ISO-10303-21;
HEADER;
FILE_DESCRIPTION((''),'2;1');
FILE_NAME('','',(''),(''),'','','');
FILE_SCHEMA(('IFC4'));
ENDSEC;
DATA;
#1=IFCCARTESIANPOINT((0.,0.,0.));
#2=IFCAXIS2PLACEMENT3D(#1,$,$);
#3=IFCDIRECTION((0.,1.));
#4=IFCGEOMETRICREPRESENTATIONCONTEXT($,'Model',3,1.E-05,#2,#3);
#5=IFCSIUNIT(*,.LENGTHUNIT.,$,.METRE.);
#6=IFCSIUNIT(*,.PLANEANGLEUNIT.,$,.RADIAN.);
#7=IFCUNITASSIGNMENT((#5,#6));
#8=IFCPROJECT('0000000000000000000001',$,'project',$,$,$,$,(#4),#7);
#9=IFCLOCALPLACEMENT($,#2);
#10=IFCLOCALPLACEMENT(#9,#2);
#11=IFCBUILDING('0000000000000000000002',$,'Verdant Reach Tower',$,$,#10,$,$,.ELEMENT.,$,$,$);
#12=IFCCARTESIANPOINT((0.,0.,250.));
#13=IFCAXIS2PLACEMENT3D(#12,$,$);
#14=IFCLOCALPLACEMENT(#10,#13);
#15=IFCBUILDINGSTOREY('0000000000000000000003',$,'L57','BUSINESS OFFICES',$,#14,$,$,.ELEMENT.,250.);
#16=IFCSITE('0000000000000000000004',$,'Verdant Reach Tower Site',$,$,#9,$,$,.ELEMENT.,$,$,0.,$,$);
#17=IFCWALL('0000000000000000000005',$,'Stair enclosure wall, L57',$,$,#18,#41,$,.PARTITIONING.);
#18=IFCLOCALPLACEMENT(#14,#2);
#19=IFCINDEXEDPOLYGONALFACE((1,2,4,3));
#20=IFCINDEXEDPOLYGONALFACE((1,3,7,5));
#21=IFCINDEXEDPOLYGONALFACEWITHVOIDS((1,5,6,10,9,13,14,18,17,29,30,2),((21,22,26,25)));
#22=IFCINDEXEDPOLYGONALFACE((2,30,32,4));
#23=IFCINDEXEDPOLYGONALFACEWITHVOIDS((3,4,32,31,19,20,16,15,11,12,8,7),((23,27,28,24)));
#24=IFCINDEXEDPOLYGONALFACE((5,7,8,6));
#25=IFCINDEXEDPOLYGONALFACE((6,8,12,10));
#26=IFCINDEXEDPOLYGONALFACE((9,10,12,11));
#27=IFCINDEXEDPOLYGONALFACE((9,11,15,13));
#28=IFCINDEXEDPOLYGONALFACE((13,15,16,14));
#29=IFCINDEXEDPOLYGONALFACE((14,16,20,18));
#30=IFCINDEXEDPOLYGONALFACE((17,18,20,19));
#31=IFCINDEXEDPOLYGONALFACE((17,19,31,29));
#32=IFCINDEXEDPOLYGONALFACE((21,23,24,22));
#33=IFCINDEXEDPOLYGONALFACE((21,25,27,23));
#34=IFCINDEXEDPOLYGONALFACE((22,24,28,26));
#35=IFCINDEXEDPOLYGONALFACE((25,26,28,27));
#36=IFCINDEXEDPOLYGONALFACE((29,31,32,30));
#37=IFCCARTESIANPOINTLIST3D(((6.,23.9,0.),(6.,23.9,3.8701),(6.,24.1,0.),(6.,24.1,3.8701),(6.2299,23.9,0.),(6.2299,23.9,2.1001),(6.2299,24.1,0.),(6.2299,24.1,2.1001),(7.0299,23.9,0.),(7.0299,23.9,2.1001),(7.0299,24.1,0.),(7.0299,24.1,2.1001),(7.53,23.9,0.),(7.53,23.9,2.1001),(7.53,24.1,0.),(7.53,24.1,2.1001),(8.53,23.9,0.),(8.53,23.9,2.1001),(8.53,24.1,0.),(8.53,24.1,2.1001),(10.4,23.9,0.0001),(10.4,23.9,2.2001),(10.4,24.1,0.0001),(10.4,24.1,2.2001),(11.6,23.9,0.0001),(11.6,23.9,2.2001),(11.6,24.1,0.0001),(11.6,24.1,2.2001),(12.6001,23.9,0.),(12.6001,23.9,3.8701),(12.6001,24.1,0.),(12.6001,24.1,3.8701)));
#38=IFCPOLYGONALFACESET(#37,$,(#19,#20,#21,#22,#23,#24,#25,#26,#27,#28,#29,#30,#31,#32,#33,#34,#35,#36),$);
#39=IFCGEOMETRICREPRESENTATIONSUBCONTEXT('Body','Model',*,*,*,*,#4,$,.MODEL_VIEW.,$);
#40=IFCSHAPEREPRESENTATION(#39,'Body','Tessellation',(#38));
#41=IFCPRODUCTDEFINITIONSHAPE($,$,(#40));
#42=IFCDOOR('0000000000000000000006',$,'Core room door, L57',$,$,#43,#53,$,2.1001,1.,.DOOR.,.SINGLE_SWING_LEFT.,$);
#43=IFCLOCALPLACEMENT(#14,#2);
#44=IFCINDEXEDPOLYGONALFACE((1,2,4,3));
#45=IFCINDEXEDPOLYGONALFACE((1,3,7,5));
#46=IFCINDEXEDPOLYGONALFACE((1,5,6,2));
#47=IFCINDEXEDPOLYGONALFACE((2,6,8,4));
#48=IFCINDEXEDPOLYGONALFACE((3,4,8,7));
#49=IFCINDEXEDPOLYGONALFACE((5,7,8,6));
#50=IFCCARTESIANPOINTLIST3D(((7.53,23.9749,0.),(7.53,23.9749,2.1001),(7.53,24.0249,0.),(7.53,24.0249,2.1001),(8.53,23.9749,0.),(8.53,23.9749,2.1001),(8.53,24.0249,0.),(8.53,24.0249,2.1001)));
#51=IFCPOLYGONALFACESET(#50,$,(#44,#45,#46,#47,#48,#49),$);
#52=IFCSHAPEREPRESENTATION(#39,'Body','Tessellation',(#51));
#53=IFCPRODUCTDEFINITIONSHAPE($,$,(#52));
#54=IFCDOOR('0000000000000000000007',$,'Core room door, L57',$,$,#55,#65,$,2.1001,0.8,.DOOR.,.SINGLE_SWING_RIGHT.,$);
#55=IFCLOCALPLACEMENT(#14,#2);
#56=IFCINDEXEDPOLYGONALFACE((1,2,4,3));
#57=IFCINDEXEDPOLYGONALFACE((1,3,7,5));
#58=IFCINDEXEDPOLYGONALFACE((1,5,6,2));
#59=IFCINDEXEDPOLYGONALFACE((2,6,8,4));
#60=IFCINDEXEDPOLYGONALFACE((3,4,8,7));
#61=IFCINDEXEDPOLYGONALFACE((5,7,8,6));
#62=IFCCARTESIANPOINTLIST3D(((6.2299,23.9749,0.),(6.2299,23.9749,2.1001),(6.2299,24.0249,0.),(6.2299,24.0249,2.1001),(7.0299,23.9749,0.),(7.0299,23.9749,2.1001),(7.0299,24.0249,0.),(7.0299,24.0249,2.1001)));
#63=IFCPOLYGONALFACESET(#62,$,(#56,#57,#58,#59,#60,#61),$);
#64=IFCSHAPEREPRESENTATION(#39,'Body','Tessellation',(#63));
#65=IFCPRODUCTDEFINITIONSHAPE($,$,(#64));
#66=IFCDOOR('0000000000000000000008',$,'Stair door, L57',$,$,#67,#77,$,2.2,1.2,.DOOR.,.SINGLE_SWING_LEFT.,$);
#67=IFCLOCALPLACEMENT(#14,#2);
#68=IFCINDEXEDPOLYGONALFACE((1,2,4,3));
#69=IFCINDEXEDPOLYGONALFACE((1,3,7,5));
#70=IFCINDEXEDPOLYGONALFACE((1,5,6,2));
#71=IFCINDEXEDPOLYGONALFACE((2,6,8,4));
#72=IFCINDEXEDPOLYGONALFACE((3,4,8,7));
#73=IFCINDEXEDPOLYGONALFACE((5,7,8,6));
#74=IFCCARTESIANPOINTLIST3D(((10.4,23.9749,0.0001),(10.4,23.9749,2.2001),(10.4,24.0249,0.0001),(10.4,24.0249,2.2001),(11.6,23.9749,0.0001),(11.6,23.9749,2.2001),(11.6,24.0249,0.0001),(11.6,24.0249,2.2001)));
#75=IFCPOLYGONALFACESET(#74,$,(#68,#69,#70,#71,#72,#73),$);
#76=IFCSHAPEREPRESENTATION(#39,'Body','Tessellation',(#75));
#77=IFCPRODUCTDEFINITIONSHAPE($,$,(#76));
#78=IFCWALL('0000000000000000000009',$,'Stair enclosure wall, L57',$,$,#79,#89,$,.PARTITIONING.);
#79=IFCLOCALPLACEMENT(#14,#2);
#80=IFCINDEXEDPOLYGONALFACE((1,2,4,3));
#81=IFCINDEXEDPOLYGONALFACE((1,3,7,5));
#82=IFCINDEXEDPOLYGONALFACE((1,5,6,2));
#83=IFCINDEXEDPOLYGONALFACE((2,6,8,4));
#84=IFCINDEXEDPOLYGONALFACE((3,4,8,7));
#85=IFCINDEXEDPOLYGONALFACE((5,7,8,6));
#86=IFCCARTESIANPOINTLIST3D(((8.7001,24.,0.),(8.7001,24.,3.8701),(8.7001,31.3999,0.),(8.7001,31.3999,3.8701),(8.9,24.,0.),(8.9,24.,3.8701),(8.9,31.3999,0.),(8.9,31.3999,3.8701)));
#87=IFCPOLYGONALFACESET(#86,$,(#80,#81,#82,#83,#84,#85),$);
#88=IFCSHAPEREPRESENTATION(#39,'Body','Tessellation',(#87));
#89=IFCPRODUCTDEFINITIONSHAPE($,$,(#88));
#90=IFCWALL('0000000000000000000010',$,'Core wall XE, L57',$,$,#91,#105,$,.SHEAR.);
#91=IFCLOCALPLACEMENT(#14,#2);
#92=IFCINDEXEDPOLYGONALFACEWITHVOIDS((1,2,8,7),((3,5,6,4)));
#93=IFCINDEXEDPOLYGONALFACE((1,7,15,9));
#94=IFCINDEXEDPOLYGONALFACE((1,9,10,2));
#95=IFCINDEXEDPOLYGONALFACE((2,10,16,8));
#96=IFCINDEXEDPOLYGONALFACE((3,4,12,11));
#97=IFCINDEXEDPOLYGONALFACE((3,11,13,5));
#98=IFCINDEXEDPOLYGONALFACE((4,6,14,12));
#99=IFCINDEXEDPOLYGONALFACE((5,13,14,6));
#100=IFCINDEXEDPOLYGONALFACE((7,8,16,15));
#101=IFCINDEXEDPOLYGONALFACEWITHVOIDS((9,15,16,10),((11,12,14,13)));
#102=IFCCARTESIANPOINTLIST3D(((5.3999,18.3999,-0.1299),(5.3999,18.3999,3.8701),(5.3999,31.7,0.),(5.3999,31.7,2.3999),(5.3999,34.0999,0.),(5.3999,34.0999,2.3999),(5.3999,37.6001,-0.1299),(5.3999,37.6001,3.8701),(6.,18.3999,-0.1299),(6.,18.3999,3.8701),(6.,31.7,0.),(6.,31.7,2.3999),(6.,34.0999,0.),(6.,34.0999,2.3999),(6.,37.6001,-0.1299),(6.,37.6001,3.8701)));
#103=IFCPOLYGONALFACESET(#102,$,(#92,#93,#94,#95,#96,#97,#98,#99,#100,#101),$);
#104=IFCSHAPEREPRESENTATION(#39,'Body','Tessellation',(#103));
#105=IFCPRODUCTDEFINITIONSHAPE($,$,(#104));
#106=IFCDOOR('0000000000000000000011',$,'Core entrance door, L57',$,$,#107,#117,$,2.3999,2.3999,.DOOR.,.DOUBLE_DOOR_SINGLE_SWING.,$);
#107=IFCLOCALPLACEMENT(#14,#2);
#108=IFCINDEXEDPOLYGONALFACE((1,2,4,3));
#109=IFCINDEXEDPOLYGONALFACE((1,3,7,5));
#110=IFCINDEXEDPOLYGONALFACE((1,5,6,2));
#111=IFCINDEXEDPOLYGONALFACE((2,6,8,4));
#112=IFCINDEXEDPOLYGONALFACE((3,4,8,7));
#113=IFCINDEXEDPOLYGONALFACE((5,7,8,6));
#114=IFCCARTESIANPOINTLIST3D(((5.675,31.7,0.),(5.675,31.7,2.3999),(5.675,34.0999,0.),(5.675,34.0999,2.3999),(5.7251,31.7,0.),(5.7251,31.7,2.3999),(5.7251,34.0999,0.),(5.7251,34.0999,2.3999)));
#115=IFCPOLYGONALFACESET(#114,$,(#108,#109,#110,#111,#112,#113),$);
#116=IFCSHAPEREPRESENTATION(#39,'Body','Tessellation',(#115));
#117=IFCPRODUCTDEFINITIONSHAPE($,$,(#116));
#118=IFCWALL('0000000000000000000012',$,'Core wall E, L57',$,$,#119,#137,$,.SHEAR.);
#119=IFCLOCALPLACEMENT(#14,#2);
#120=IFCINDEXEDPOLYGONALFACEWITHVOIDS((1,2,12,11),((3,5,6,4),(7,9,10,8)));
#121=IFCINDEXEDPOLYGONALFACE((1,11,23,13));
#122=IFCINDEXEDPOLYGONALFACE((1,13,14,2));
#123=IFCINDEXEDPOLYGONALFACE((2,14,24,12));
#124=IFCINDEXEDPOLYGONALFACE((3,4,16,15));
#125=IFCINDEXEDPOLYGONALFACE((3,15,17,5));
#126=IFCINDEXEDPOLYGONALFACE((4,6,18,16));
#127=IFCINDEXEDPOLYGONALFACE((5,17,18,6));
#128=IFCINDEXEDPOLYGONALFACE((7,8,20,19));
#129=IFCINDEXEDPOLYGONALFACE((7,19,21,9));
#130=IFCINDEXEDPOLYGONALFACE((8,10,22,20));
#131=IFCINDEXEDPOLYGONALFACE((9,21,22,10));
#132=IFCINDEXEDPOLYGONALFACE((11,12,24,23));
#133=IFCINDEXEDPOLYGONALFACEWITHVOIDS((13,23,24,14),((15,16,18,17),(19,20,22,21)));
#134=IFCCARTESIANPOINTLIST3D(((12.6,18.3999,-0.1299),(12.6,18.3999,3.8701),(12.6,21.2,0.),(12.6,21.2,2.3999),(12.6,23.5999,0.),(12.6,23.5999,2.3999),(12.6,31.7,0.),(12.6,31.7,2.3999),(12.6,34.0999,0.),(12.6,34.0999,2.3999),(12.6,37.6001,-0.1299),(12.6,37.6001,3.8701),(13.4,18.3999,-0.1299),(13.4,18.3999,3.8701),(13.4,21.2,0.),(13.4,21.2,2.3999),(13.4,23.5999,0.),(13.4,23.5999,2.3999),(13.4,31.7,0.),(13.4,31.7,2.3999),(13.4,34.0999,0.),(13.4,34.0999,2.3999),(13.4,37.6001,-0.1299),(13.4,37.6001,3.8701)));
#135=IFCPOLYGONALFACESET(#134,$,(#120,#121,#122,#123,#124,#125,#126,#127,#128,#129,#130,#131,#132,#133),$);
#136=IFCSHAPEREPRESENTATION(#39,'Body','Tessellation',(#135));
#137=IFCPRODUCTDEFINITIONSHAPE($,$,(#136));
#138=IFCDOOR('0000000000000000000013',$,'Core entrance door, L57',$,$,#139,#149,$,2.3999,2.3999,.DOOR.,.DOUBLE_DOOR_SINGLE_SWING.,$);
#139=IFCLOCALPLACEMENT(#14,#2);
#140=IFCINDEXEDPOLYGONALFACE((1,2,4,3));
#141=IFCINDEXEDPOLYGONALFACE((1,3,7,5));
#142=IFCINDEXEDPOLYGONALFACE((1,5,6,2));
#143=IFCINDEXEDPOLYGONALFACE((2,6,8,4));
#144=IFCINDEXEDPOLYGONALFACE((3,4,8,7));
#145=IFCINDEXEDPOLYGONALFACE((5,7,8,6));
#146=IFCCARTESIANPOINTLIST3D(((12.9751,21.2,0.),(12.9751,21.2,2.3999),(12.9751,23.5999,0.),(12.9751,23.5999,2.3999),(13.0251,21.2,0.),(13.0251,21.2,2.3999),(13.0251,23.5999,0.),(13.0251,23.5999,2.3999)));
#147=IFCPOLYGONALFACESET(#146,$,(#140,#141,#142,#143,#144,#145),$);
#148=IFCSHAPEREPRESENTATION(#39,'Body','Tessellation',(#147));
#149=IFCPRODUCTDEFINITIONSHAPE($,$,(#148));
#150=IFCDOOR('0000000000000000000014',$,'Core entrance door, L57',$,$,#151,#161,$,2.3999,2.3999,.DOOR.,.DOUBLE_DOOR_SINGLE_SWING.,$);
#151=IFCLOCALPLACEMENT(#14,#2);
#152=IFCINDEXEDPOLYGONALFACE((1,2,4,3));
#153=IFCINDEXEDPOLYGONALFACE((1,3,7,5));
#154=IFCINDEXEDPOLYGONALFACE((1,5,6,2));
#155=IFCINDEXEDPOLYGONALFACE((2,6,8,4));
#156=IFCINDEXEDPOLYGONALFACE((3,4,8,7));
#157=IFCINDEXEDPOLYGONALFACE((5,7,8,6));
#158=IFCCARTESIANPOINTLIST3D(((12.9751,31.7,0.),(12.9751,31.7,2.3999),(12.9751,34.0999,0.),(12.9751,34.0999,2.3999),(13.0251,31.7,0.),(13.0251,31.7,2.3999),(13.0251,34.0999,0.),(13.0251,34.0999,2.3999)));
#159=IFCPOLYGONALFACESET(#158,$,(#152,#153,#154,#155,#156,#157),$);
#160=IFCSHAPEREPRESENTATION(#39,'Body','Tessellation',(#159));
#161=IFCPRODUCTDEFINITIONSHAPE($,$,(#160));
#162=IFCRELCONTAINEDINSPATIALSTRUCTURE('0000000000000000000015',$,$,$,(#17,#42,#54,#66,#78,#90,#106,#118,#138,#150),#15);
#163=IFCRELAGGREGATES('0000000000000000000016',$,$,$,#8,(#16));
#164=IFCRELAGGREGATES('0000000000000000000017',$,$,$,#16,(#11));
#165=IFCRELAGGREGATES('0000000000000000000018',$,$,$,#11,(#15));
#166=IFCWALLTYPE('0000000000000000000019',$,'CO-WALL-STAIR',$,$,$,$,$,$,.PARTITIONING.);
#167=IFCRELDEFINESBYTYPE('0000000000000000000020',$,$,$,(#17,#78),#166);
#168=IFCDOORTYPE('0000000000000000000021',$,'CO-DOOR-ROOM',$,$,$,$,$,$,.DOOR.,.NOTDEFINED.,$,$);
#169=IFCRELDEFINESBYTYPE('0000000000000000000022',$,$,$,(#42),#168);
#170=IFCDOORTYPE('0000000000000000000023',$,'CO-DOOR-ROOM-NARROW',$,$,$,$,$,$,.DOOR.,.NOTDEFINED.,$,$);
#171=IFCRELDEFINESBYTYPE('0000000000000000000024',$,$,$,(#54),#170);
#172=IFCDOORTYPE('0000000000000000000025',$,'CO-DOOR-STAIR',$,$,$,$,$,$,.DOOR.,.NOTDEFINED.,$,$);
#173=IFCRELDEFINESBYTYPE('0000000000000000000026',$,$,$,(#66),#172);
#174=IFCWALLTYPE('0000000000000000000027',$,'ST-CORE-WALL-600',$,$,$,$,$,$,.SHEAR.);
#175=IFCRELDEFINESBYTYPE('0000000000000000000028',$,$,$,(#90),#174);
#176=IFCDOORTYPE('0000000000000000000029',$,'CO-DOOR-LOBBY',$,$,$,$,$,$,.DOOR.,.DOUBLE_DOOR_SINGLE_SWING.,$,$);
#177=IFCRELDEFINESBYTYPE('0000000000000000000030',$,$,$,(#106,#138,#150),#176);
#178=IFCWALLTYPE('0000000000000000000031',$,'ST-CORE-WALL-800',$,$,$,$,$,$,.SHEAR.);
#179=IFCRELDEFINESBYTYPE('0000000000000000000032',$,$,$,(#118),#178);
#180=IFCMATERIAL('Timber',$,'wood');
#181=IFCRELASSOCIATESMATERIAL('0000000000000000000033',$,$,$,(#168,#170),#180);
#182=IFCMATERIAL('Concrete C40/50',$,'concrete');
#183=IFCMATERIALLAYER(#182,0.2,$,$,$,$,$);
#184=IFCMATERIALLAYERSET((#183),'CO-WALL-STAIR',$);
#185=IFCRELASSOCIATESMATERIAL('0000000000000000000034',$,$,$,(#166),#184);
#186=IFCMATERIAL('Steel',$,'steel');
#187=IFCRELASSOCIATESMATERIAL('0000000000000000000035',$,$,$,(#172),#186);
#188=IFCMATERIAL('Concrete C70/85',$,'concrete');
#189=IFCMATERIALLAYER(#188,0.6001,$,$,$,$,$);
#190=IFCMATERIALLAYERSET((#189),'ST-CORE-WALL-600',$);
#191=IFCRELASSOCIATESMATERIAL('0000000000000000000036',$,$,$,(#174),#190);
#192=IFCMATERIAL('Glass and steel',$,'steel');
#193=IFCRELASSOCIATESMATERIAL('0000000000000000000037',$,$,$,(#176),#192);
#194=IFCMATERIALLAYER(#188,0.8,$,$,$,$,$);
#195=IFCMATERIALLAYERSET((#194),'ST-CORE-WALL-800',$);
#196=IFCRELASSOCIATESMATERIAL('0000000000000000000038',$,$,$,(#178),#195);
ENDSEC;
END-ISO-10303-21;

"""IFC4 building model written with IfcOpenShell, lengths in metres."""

from ifc_helpers import new_model, si_unit, direction, frame, frame_2d, origin, place, context, subcontext, project, spatial, rectangle, extrude, material, layer, layer_set, type_object, element, fill, save


model = new_model("IFC4")

# Units and contexts
model_context = context("Model", 3, precision=1e-05, world=origin(), true_north=direction((0.0, 1.0)))
body_context = subcontext(model_context, "Body", "Model", "MODEL_VIEW")
ifc_project = project(units=[si_unit("LENGTHUNIT", "METRE"), si_unit("PLANEANGLEUNIT", "RADIAN")], contexts=[model_context])

# Site, building, storey
site_placement = place(None, origin())
site = spatial("IfcSite", under=ifc_project, at=site_placement, Name="Verdant Reach Tower Site", CompositionType="ELEMENT", RefElevation=0.0)
building_placement = place(site_placement, origin())
building = spatial("IfcBuilding", under=site, at=building_placement, Name="Verdant Reach Tower", CompositionType="ELEMENT")
storey_placement = place(building_placement, frame((0.0, 0.0, 250.0)))
storey = spatial("IfcBuildingStorey", under=building, at=storey_placement, Name="L57", Description="BUSINESS OFFICES", CompositionType="ELEMENT", Elevation=250.0)

# Shared definitions
ifc_material_1 = material(Name="Timber", Category="wood")
door_type_1 = type_object("IfcDoorType", Name="CO-DOOR-ROOM", OperationType="NOTDEFINED", PredefinedType="DOOR", material=ifc_material_1)

# Shared definitions
ifc_material_2 = material(Name="Concrete C40/50", Category="concrete")

# Wall, openings, doors
ifc_layer_1 = layer(ifc_material_2, 0.2)
ifc_layer_set_1 = layer_set([ifc_layer_1], Name="CO-WALL-STAIR")
wall_type_1 = type_object("IfcWallType", Name="CO-WALL-STAIR", PredefinedType="PARTITIONING", material=ifc_layer_set_1)
wall_1_placement = place(storey_placement, frame((6.0, 24.0, 0.0), z_axis=(0.0, 0.0, 1.0), x_axis=(1.0, 0.0, 0.0)))
wall_1 = element("IfcWall", 1, at=wall_1_placement, inside=storey, type_object=wall_type_1, Name="Stair enclosure wall, L57", PredefinedType="PARTITIONING", context=body_context, shape_type="SweptSolid", body=[
    extrude(rectangle(XDim=6.6001, YDim=0.2, at=frame_2d((3.3, 0.0))), origin(), (0.0, 0.0, 1.0), 3.8701),
])
opening_1_placement = place(wall_1_placement, frame((0.23, 0.0, 0.0)))
opening_1 = element("IfcOpeningElement", 2, at=opening_1_placement, cuts=wall_1, PredefinedType="OPENING", context=body_context, shape_type="SweptSolid", body=[
    extrude(rectangle(XDim=0.8, YDim=2.1001, at=frame_2d((0.3999, 1.05))), frame((0.0, 0.1099, 0.0), z_axis=(0.0, -1.0, 0.0), x_axis=(1.0, 0.0, 0.0)), (0.0, 0.0, 1.0), 0.22),
])
opening_2_placement = place(wall_1_placement, frame((1.53, 0.0, 0.0)))
opening_2 = element("IfcOpeningElement", 3, at=opening_2_placement, cuts=wall_1, PredefinedType="OPENING", context=body_context, shape_type="SweptSolid", body=[
    extrude(rectangle(XDim=1.0, YDim=2.1001, at=frame_2d((0.5, 1.05))), frame((0.0, 0.1099, 0.0), z_axis=(0.0, -1.0, 0.0), x_axis=(1.0, 0.0, 0.0)), (0.0, 0.0, 1.0), 0.22),
])
opening_3_placement = place(wall_1_placement, frame((4.3999, 0.0, 0.0)))
opening_3 = element("IfcOpeningElement", 4, at=opening_3_placement, cuts=wall_1, PredefinedType="OPENING", context=body_context, shape_type="SweptSolid", body=[
    extrude(rectangle(XDim=1.2, YDim=2.2, at=frame_2d((0.6001, 1.1001))), frame((0.0, 0.1099, 0.0), z_axis=(0.0, -1.0, 0.0), x_axis=(1.0, 0.0, 0.0)), (0.0, 0.0, 1.0), 0.22),
])
door_1_placement = place(opening_2_placement, origin())
door_1 = element("IfcDoor", 5, at=door_1_placement, inside=storey, type_object=door_type_1, Name="Core room door, L57", OperationType="SINGLE_SWING_LEFT", OverallHeight=2.1001, OverallWidth=1.0, PredefinedType="DOOR", context=body_context, shape_type="SweptSolid", body=[
    extrude(rectangle(XDim=1.0, YDim=2.1001, at=frame_2d((0.5, 1.05))), frame((0.0, 0.0249, 0.0), z_axis=(0.0, -1.0, 0.0), x_axis=(1.0, 0.0, 0.0)), (0.0, 0.0, 1.0), 0.05),
])
fill(opening_2, door_1)
door_type_2 = type_object("IfcDoorType", Name="CO-DOOR-ROOM-NARROW", OperationType="NOTDEFINED", PredefinedType="DOOR", material=ifc_material_1)
door_2_placement = place(opening_1_placement, origin())
door_2 = element("IfcDoor", 6, at=door_2_placement, inside=storey, type_object=door_type_2, Name="Core room door, L57", OperationType="SINGLE_SWING_RIGHT", OverallHeight=2.1001, OverallWidth=0.8, PredefinedType="DOOR", context=body_context, shape_type="SweptSolid", body=[
    extrude(rectangle(XDim=0.8, YDim=2.1001, at=frame_2d((0.3999, 1.05))), frame((0.0, 0.0249, 0.0), z_axis=(0.0, -1.0, 0.0), x_axis=(1.0, 0.0, 0.0)), (0.0, 0.0, 1.0), 0.05),
])
fill(opening_1, door_2)
ifc_material_3 = material(Name="Steel", Category="steel")
door_type_3 = type_object("IfcDoorType", Name="CO-DOOR-STAIR", OperationType="NOTDEFINED", PredefinedType="DOOR", material=ifc_material_3)
door_3_placement = place(opening_3_placement, origin())
door_3 = element("IfcDoor", 7, at=door_3_placement, inside=storey, type_object=door_type_3, Name="Stair door, L57", OperationType="SINGLE_SWING_LEFT", OverallHeight=2.2, OverallWidth=1.2, PredefinedType="DOOR", context=body_context, shape_type="SweptSolid", body=[
    extrude(rectangle(XDim=1.2, YDim=2.2, at=frame_2d((0.6001, 1.1001))), frame((0.0, 0.0249, 0.0), z_axis=(0.0, -1.0, 0.0), x_axis=(1.0, 0.0, 0.0)), (0.0, 0.0, 1.0), 0.05),
])
fill(opening_3, door_3)

# Wall
wall_2_placement = place(storey_placement, frame((8.8, 24.0, 0.0), z_axis=(0.0, 0.0, 1.0), x_axis=(0.0, 1.0, 0.0)))
element("IfcWall", 8, at=wall_2_placement, inside=storey, type_object=wall_type_1, Name="Stair enclosure wall, L57", PredefinedType="PARTITIONING", context=body_context, shape_type="SweptSolid", body=[
    extrude(rectangle(XDim=7.3999, YDim=0.2, at=frame_2d((3.7, 0.0))), origin(), (0.0, 0.0, 1.0), 3.8701),
])

# Wall, opening, door
ifc_material_4 = material(Name="Concrete C70/85", Category="concrete")
ifc_layer_2 = layer(ifc_material_4, 0.6001)
ifc_layer_set_2 = layer_set([ifc_layer_2], Name="ST-CORE-WALL-600")
wall_type_2 = type_object("IfcWallType", Name="ST-CORE-WALL-600", PredefinedType="SHEAR", material=ifc_layer_set_2)
wall_3_placement = place(storey_placement, frame((5.7, 18.3999, -0.1299), z_axis=(0.0, 0.0, 1.0), x_axis=(0.0, 1.0, 0.0)))
wall_3 = element("IfcWall", 9, at=wall_3_placement, inside=storey, type_object=wall_type_2, Name="Core wall XE, L57", PredefinedType="SHEAR", context=body_context, shape_type="SweptSolid", body=[
    extrude(rectangle(XDim=19.2002, YDim=0.6001, at=frame_2d((9.6001, 0.0))), origin(), (0.0, 0.0, 1.0), 4.0),
])
opening_4_placement = place(wall_3_placement, frame((13.3, 0.0, 0.1299)))
opening_4 = element("IfcOpeningElement", 10, at=opening_4_placement, cuts=wall_3, PredefinedType="OPENING", context=body_context, shape_type="SweptSolid", body=[
    extrude(rectangle(XDim=2.3999, YDim=2.3999, at=frame_2d((1.2, 1.2))), frame((0.0, 0.3101, 0.0), z_axis=(0.0, -1.0, 0.0), x_axis=(1.0, 0.0, 0.0)), (0.0, 0.0, 1.0), 0.6201),
])
ifc_material_5 = material(Name="Glass and steel", Category="steel")
door_type_4 = type_object("IfcDoorType", Name="CO-DOOR-LOBBY", OperationType="DOUBLE_DOOR_SINGLE_SWING", PredefinedType="DOOR", material=ifc_material_5)
door_4_placement = place(opening_4_placement, origin())
door_4 = element("IfcDoor", 11, at=door_4_placement, inside=storey, type_object=door_type_4, Name="Core entrance door, L57", OperationType="DOUBLE_DOOR_SINGLE_SWING", OverallHeight=2.3999, OverallWidth=2.3999, PredefinedType="DOOR", context=body_context, shape_type="SweptSolid", body=[
    extrude(rectangle(XDim=2.3999, YDim=2.3999, at=frame_2d((1.2, 1.2))), frame((0.0, 0.0249, 0.0), z_axis=(0.0, -1.0, 0.0), x_axis=(1.0, 0.0, 0.0)), (0.0, 0.0, 1.0), 0.05),
])
fill(opening_4, door_4)

# Wall, openings, doors
ifc_layer_3 = layer(ifc_material_4, 0.8)
ifc_layer_set_3 = layer_set([ifc_layer_3], Name="ST-CORE-WALL-800")
wall_type_3 = type_object("IfcWallType", Name="ST-CORE-WALL-800", PredefinedType="SHEAR", material=ifc_layer_set_3)
wall_4_placement = place(storey_placement, frame((13.0, 18.3999, -0.1299), z_axis=(0.0, 0.0, 1.0), x_axis=(0.0, 1.0, 0.0)))
wall_4 = element("IfcWall", 12, at=wall_4_placement, inside=storey, type_object=wall_type_3, Name="Core wall E, L57", PredefinedType="SHEAR", context=body_context, shape_type="SweptSolid", body=[
    extrude(rectangle(XDim=19.2002, YDim=0.8, at=frame_2d((9.6001, 0.0))), origin(), (0.0, 0.0, 1.0), 4.0),
])
opening_5_placement = place(wall_4_placement, frame((2.8, 0.0, 0.1299)))
opening_5 = element("IfcOpeningElement", 13, at=opening_5_placement, cuts=wall_4, PredefinedType="OPENING", context=body_context, shape_type="SweptSolid", body=[
    extrude(rectangle(XDim=2.3999, YDim=2.3999, at=frame_2d((1.2, 1.2))), frame((0.0, 0.4099, 0.0), z_axis=(0.0, -1.0, 0.0), x_axis=(1.0, 0.0, 0.0)), (0.0, 0.0, 1.0), 0.8201),
])
opening_6_placement = place(wall_4_placement, frame((13.3, 0.0, 0.1299)))
opening_6 = element("IfcOpeningElement", 14, at=opening_6_placement, cuts=wall_4, PredefinedType="OPENING", context=body_context, shape_type="SweptSolid", body=[
    extrude(rectangle(XDim=2.3999, YDim=2.3999, at=frame_2d((1.2, 1.2))), frame((0.0, 0.4099, 0.0), z_axis=(0.0, -1.0, 0.0), x_axis=(1.0, 0.0, 0.0)), (0.0, 0.0, 1.0), 0.8201),
])
door_5_placement = place(opening_5_placement, origin())
door_5 = element("IfcDoor", 15, at=door_5_placement, inside=storey, type_object=door_type_4, Name="Core entrance door, L57", OperationType="DOUBLE_DOOR_SINGLE_SWING", OverallHeight=2.3999, OverallWidth=2.3999, PredefinedType="DOOR", context=body_context, shape_type="SweptSolid", body=[
    extrude(rectangle(XDim=2.3999, YDim=2.3999, at=frame_2d((1.2, 1.2))), frame((0.0, 0.0249, 0.0), z_axis=(0.0, -1.0, 0.0), x_axis=(1.0, 0.0, 0.0)), (0.0, 0.0, 1.0), 0.05),
])
fill(opening_5, door_5)
door_6_placement = place(opening_6_placement, origin())
door_6 = element("IfcDoor", 16, at=door_6_placement, inside=storey, type_object=door_type_4, Name="Core entrance door, L57", OperationType="DOUBLE_DOOR_SINGLE_SWING", OverallHeight=2.3999, OverallWidth=2.3999, PredefinedType="DOOR", context=body_context, shape_type="SweptSolid", body=[
    extrude(rectangle(XDim=2.3999, YDim=2.3999, at=frame_2d((1.2, 1.2))), frame((0.0, 0.0249, 0.0), z_axis=(0.0, -1.0, 0.0), x_axis=(1.0, 0.0, 0.0)), (0.0, 0.0, 1.0), 0.05),
])
fill(opening_6, door_6)

save(model, "model.ifc")
